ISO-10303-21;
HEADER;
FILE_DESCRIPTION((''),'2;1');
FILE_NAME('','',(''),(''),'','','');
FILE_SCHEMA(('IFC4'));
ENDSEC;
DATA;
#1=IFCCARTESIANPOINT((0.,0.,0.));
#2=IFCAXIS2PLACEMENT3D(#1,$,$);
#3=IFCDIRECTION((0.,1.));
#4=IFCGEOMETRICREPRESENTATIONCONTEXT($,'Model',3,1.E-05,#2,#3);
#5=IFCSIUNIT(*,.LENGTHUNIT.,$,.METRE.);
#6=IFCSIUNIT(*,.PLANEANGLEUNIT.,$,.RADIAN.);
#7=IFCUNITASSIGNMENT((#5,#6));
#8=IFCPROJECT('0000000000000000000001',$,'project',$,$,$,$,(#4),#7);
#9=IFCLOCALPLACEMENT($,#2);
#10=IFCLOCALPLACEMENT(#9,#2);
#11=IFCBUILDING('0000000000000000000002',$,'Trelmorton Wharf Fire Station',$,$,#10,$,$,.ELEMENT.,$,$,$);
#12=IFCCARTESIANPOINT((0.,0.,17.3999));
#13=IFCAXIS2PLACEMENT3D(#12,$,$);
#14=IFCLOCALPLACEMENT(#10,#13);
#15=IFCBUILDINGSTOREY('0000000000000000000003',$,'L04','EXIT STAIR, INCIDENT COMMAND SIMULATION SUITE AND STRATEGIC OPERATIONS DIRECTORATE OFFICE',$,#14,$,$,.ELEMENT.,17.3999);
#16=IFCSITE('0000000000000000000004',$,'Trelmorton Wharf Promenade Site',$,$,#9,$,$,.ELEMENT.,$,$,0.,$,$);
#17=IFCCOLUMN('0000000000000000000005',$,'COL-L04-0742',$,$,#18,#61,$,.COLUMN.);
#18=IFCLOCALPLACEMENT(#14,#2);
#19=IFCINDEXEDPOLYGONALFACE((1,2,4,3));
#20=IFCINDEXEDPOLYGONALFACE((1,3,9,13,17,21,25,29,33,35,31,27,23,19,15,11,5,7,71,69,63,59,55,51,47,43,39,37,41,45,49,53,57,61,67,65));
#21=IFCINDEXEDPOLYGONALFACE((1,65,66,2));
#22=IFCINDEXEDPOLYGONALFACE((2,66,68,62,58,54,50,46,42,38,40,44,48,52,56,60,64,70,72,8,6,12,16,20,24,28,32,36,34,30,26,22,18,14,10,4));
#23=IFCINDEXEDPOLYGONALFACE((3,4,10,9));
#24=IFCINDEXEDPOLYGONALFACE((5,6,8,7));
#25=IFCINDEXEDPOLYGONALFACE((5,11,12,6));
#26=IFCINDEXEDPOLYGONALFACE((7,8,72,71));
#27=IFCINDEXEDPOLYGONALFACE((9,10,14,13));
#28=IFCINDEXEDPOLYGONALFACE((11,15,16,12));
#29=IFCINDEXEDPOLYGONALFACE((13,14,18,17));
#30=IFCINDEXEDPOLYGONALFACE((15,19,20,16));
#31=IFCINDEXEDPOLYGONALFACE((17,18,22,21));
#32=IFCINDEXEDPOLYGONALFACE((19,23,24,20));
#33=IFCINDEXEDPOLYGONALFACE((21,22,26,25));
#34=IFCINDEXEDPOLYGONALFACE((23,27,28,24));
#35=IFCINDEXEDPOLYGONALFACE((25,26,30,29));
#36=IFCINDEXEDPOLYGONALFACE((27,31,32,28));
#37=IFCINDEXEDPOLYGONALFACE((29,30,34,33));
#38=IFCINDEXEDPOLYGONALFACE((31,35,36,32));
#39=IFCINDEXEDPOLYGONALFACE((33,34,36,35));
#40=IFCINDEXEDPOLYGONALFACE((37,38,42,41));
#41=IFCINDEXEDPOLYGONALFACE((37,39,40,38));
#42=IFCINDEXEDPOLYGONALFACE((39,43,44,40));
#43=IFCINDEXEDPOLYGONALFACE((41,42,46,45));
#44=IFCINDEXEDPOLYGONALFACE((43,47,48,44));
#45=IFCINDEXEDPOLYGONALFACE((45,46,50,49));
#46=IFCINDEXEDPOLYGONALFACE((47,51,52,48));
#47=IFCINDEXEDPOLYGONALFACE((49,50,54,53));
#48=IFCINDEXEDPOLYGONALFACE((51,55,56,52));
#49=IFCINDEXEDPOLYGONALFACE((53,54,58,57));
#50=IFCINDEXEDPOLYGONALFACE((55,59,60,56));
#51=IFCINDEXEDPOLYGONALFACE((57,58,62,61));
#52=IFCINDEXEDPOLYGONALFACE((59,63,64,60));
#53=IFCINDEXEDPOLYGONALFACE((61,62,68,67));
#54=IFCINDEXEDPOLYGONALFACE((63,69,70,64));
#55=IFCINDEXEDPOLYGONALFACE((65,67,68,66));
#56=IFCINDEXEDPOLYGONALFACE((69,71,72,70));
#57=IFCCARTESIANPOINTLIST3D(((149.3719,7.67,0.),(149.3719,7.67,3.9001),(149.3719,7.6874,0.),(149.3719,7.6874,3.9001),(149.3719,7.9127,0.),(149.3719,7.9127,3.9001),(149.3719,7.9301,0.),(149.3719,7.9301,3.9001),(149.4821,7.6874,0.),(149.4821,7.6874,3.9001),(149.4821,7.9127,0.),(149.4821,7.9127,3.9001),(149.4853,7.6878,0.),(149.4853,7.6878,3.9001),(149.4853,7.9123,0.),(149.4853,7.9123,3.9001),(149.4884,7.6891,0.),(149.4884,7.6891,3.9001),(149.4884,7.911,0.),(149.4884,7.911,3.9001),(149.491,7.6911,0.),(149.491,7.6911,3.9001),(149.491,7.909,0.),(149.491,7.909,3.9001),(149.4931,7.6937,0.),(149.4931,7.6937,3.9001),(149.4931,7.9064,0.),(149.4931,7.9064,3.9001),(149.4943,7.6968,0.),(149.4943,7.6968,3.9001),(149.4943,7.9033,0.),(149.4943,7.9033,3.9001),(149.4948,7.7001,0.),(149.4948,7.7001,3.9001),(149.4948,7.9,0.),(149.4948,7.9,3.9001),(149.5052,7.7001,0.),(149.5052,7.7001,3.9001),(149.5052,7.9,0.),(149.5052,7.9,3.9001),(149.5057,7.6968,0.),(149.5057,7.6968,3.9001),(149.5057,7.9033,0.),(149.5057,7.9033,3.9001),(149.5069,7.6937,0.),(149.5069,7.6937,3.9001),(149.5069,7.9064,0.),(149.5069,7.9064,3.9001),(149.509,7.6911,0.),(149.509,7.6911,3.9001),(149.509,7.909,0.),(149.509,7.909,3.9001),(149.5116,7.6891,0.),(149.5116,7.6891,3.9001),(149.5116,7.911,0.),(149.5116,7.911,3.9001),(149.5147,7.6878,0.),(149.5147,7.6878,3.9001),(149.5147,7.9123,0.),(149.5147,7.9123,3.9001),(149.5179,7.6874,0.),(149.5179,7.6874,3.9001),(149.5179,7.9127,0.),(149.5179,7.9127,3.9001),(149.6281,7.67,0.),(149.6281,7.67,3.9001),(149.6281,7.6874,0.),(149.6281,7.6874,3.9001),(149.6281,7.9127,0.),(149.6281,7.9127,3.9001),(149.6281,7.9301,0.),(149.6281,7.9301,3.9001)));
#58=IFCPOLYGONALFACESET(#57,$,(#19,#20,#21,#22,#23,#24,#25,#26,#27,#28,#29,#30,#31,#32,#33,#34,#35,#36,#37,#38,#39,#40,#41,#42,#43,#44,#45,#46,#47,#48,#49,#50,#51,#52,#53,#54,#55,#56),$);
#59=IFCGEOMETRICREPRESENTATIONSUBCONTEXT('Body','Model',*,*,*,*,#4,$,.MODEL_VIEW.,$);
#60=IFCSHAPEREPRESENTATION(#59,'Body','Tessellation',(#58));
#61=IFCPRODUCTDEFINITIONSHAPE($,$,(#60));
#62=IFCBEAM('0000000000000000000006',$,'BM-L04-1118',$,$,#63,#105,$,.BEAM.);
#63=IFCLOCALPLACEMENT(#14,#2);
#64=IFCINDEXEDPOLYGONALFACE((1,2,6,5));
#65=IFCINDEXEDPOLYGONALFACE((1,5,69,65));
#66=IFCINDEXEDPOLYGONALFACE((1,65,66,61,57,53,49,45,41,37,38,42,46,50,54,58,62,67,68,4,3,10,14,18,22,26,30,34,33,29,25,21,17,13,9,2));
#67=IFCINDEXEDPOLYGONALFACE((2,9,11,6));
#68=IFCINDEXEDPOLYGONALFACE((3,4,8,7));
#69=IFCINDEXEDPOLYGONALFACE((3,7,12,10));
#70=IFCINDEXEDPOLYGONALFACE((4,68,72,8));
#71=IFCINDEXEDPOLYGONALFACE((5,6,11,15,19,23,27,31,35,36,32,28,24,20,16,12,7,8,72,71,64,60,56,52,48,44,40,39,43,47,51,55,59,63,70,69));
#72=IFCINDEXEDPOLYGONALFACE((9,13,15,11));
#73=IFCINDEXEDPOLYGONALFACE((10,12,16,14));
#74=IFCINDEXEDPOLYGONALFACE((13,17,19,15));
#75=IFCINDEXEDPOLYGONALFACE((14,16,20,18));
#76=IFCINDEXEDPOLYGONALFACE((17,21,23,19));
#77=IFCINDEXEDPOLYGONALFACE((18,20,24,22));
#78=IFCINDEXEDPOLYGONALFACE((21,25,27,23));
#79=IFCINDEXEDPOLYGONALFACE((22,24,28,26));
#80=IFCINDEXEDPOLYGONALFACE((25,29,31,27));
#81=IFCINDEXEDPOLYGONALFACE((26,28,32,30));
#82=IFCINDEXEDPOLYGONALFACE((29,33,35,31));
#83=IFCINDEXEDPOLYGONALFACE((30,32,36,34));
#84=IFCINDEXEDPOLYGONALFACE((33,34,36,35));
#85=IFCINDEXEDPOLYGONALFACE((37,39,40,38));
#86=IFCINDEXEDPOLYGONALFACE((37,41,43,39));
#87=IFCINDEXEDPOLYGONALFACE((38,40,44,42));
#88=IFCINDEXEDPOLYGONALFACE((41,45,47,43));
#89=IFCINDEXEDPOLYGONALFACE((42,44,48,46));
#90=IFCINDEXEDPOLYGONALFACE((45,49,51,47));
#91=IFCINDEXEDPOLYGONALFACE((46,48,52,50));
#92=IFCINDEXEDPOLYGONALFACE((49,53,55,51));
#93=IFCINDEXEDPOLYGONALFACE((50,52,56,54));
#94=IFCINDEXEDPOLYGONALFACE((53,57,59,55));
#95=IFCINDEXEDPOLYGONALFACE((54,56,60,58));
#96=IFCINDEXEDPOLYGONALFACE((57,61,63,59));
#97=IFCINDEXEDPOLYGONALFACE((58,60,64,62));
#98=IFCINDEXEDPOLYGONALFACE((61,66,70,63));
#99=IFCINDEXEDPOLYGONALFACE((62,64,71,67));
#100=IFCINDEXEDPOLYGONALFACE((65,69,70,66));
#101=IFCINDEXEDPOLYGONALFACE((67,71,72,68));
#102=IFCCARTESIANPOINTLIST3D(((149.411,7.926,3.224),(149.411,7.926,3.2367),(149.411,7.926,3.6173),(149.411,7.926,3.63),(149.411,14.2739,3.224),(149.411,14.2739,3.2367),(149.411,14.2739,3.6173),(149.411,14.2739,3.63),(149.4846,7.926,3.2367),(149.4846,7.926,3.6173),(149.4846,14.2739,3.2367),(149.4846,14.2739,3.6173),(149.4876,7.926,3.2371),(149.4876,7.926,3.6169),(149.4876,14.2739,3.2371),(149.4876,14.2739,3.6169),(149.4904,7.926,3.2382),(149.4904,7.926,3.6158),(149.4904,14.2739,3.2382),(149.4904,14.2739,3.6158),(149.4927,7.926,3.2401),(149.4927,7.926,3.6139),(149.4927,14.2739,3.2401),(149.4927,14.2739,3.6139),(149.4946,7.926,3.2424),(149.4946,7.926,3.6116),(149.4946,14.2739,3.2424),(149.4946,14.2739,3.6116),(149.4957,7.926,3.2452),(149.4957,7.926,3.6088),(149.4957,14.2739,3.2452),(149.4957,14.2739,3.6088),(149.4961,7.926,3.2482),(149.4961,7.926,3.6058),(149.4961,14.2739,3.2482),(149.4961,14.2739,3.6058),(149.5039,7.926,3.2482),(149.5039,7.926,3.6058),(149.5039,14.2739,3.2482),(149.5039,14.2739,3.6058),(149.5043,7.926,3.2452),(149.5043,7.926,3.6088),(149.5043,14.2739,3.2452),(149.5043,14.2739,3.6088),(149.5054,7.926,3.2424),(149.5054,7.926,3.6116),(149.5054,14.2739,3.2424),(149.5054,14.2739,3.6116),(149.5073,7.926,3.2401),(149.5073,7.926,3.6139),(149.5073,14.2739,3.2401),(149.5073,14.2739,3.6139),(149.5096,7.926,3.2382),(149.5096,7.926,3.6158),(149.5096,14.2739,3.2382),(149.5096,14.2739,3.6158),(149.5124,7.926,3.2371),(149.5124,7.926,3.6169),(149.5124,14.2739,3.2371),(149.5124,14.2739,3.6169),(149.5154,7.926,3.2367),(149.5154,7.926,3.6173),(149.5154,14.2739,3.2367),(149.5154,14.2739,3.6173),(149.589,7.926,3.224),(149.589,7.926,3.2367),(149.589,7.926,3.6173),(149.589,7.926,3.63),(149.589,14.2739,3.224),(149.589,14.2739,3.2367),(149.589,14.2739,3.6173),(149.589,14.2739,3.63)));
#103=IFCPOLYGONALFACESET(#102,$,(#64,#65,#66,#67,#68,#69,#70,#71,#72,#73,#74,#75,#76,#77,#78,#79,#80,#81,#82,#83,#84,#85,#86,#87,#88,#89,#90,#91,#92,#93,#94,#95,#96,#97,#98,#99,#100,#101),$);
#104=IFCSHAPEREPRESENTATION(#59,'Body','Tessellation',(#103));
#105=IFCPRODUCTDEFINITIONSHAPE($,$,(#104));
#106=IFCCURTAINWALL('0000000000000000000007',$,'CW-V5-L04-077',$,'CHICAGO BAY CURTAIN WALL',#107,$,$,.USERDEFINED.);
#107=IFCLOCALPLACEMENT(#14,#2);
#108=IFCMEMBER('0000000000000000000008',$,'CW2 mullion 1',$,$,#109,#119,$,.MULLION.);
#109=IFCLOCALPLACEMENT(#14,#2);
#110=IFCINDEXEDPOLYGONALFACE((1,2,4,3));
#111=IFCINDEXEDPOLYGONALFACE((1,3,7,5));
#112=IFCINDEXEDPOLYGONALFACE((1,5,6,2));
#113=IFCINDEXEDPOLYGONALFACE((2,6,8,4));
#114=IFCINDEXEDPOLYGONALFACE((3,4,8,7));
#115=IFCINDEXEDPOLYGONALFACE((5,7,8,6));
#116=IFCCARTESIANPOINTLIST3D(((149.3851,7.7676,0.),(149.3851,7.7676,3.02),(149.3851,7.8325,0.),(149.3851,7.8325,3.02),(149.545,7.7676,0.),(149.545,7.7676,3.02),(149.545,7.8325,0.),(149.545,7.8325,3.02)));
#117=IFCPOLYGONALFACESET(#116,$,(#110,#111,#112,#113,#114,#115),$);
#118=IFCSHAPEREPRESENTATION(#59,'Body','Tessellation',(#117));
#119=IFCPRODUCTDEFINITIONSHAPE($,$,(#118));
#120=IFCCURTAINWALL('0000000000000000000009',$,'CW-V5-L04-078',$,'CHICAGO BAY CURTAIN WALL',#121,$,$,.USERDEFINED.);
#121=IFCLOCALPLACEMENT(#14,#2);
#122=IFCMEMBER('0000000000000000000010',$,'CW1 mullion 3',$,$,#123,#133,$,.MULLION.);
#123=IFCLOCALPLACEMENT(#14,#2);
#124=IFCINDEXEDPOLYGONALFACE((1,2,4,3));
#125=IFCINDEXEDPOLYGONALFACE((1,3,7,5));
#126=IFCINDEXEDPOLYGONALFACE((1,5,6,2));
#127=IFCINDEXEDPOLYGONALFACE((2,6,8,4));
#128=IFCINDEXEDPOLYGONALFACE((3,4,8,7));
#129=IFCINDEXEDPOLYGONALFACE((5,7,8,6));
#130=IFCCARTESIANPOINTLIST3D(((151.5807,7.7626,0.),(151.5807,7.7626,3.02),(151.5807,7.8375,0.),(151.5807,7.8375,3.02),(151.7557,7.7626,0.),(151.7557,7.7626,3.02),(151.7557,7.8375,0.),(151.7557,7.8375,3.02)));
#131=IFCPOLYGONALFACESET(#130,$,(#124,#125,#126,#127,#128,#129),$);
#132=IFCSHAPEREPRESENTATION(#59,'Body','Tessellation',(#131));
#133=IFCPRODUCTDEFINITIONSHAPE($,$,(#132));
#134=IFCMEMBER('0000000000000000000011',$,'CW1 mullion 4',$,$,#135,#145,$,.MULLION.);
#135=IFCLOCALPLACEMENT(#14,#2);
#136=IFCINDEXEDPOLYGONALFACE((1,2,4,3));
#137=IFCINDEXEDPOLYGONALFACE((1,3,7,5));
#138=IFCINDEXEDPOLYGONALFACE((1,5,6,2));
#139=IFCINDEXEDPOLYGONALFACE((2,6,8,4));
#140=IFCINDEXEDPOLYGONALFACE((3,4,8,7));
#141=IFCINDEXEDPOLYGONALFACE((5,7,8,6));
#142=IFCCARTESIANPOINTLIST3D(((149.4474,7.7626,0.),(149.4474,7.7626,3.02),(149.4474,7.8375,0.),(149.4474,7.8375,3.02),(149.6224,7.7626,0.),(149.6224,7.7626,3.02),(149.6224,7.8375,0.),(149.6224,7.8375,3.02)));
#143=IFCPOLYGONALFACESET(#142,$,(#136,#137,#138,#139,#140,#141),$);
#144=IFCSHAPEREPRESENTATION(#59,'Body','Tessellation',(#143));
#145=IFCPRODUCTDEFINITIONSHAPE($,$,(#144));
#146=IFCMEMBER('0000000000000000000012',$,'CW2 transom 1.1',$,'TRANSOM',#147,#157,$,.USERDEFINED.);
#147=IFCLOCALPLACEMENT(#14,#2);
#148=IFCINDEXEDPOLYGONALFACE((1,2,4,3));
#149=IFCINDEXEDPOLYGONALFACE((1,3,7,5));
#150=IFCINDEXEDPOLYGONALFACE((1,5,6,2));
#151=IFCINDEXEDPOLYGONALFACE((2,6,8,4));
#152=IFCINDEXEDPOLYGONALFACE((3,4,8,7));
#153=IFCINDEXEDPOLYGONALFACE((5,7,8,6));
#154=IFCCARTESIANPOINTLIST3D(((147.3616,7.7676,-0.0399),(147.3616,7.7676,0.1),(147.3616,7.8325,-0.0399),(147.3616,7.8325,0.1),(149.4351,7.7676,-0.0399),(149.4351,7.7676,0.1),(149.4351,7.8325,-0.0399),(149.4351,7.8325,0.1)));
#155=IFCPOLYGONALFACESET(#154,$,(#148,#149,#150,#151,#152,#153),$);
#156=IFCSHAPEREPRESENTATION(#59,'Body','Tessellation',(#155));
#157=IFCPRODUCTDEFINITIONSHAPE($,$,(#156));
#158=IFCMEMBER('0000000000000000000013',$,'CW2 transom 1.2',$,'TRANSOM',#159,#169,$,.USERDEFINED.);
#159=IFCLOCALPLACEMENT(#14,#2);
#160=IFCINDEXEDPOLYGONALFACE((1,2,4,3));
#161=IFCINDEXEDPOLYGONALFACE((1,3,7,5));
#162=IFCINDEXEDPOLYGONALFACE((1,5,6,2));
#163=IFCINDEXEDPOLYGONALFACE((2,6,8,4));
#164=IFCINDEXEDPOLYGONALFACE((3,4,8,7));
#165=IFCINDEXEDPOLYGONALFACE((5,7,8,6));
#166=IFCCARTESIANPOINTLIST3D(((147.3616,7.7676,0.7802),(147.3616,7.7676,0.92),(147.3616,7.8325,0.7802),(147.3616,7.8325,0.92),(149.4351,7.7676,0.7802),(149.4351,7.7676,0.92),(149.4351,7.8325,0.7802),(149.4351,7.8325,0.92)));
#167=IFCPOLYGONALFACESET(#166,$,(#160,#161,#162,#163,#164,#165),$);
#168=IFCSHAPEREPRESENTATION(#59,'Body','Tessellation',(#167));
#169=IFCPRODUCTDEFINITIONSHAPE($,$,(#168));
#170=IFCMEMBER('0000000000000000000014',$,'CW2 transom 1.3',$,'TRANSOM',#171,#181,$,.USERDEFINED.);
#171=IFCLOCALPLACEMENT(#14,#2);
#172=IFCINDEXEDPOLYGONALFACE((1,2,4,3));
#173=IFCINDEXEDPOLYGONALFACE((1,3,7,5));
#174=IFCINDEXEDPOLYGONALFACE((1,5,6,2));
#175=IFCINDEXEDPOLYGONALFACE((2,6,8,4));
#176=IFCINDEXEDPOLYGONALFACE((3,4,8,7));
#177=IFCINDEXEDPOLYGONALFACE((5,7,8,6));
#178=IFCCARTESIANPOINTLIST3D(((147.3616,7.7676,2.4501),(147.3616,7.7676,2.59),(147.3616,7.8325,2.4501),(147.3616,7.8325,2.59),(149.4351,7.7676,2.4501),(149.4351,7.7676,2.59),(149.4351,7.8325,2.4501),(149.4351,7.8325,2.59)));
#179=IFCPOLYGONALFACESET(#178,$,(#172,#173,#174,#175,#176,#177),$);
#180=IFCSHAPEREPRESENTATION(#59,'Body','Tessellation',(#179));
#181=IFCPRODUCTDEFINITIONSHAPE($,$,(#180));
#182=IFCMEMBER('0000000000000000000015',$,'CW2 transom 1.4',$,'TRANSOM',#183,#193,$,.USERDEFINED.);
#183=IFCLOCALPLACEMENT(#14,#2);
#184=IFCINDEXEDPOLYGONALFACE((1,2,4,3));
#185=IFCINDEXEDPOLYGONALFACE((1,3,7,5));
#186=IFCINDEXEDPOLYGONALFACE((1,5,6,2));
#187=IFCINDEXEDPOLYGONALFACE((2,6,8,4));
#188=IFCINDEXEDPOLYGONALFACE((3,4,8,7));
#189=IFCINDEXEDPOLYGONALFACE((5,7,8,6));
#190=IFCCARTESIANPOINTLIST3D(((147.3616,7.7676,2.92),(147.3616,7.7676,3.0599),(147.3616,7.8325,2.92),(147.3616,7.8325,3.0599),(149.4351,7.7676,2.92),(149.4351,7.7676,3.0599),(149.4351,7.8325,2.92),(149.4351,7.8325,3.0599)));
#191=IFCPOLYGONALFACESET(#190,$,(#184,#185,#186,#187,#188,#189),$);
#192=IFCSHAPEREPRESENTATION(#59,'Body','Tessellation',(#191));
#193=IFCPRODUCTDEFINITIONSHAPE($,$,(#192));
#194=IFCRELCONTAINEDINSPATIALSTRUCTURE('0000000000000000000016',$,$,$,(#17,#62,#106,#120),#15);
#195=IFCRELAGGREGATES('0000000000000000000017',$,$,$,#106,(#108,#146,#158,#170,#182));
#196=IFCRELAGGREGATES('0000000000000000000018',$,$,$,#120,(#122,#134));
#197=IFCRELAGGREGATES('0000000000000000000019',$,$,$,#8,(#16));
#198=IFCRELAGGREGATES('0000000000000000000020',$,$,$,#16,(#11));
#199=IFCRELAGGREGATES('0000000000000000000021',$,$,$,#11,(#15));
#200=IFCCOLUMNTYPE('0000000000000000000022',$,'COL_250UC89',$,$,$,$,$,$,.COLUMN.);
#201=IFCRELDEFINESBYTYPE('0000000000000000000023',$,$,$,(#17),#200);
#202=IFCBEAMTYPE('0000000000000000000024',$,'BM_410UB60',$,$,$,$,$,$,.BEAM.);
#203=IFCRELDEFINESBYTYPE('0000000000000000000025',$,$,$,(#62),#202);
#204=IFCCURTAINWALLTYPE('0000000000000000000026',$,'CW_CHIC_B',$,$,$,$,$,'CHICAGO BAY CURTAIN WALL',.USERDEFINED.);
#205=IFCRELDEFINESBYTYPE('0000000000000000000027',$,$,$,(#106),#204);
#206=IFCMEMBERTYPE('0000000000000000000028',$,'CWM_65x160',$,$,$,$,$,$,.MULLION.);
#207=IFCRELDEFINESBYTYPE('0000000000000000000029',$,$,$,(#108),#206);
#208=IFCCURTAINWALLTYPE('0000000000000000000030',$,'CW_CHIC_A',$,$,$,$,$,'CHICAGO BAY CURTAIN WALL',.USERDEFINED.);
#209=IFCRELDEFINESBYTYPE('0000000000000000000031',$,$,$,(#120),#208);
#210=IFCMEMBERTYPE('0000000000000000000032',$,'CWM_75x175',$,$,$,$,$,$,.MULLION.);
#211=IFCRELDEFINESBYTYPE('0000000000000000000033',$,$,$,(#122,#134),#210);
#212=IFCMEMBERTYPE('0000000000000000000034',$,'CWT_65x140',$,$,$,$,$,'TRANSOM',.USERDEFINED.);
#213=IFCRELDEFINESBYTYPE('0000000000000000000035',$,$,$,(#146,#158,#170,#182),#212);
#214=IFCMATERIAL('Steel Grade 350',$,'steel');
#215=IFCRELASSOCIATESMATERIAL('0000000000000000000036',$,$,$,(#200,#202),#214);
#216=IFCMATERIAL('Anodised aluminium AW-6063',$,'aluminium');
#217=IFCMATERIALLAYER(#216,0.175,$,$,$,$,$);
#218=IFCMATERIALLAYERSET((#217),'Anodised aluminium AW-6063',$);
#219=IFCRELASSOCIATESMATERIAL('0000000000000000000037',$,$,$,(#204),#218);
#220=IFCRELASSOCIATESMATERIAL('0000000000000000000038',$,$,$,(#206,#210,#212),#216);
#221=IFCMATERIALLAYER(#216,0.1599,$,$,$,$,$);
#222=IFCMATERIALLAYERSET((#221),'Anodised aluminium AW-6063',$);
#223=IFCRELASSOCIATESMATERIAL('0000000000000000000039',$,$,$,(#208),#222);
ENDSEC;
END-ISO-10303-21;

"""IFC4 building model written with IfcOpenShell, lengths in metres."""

from ifc_helpers import new_model, si_unit, direction, frame, origin, origin_2d, place, context, subcontext, project, spatial, rectangle, i_section, extrude, material, layer, layer_set, material_profile, profile_set, type_object, element, aggregate, save


model = new_model("IFC4")

# Units and contexts
model_context = context("Model", 3, precision=1e-05, world=origin(), true_north=direction((0.0, 1.0)))
body_context = subcontext(model_context, "Body", "Model", "MODEL_VIEW")
ifc_project = project(units=[si_unit("LENGTHUNIT", "METRE"), si_unit("PLANEANGLEUNIT", "RADIAN")], contexts=[model_context])

# Site, building, storey
site_placement = place(None, origin())
site = spatial("IfcSite", under=ifc_project, at=site_placement, Name="Trelmorton Wharf Promenade Site", CompositionType="ELEMENT", RefElevation=0.0)
building_placement = place(site_placement, origin())
building = spatial("IfcBuilding", under=site, at=building_placement, Name="Trelmorton Wharf Fire Station", CompositionType="ELEMENT")
storey_placement = place(building_placement, frame((0.0, 0.0, 17.3999)))
storey = spatial("IfcBuildingStorey", under=building, at=storey_placement, Name="L04", Description="EXIT STAIR, INCIDENT COMMAND SIMULATION SUITE AND STRATEGIC OPERATIONS DIRECTORATE OFFICE", CompositionType="ELEMENT", Elevation=17.3999)

# Column
ifc_material_1 = material(Name="Steel Grade 350", Category="steel")
ifc_material_profile_1 = material_profile(ifc_material_1, i_section(OverallWidth=0.2561, OverallDepth=0.26, WebThickness=0.0105, FlangeThickness=0.0173, FilletRadius=0.0127, at=origin_2d()), Name="250UC89.5")
ifc_profile_set_1 = profile_set([ifc_material_profile_1], Name="Steel Grade 350")
column_type = type_object("IfcColumnType", Name="COL_250UC89", PredefinedType="COLUMN", material=ifc_profile_set_1)
column_placement = place(storey_placement, frame((149.5, 7.8, 0.0), z_axis=(0.0, 0.0, 1.0), x_axis=(1.0, 0.0, 0.0)))
element("IfcColumn", 1, at=column_placement, inside=storey, type_object=column_type, Name="COL-L04-0742", PredefinedType="COLUMN", context=body_context, shape_type="SweptSolid", body=[
    extrude(i_section(OverallWidth=0.2561, OverallDepth=0.26, WebThickness=0.0105, FlangeThickness=0.0173, FilletRadius=0.0127, at=origin_2d()), origin(), (0.0, 0.0, 1.0), 3.9001),
])

# Beam
ifc_material_profile_2 = material_profile(ifc_material_1, i_section(OverallWidth=0.178, OverallDepth=0.406, WebThickness=0.0078, FlangeThickness=0.0127, FilletRadius=0.0115, at=origin_2d()), Name="410UB59.7")
ifc_profile_set_2 = profile_set([ifc_material_profile_2], Name="Steel Grade 350")
beam_type_1 = type_object("IfcBeamType", Name="BM_410UB60", PredefinedType="BEAM", material=ifc_profile_set_2)
beam_1_placement = place(storey_placement, frame((149.5, 7.926, 3.427), z_axis=(0.0, 1.0, 0.0), x_axis=(-1.0, 0.0, 0.0)))
element("IfcBeam", 2, at=beam_1_placement, inside=storey, type_object=beam_type_1, Name="BM-L04-1118", PredefinedType="BEAM", context=body_context, shape_type="SweptSolid", body=[
    extrude(i_section(OverallWidth=0.178, OverallDepth=0.406, WebThickness=0.0078, FlangeThickness=0.0127, FilletRadius=0.0115, at=origin_2d()), origin(), (0.0, 0.0, 1.0), 6.3479),
])

# Curtain wall, member
ifc_material_2 = material(Name="Anodised aluminium AW-6063", Category="aluminium")
ifc_layer_1 = layer(ifc_material_2, 0.175)
ifc_layer_set_1 = layer_set([ifc_layer_1], Name="Anodised aluminium AW-6063")
curtain_wall_type_1 = type_object("IfcCurtainWallType", Name="CW_CHIC_B", ElementType="CHICAGO BAY CURTAIN WALL", PredefinedType="USERDEFINED", material=ifc_layer_set_1)
curtain_wall_1_placement = place(storey_placement, origin())
curtain_wall_1 = element("IfcCurtainWall", 3, at=curtain_wall_1_placement, inside=storey, type_object=curtain_wall_type_1, Name="CW-V5-L04-077", ObjectType="CHICAGO BAY CURTAIN WALL", PredefinedType="USERDEFINED")
ifc_material_profile_3 = material_profile(ifc_material_2, rectangle(XDim=0.0649, YDim=0.1599, at=origin_2d()), Name="ALU-65x160")
ifc_profile_set_3 = profile_set([ifc_material_profile_3], Name="Anodised aluminium AW-6063")
member_type_1 = type_object("IfcMemberType", Name="CWM_65x160", PredefinedType="MULLION", material=ifc_profile_set_3)
member_1_placement = place(storey_placement, frame((149.4651, 7.8, 0.0), z_axis=(0.0, 0.0, 1.0), x_axis=(0.0, -1.0, 0.0)))
member_1 = element("IfcMember", 4, at=member_1_placement, type_object=member_type_1, Name="CW2 mullion 1", PredefinedType="MULLION", context=body_context, shape_type="SweptSolid", body=[
    extrude(rectangle(XDim=0.0649, YDim=0.1599, at=origin_2d()), origin(), (0.0, 0.0, 1.0), 3.02),
])

# Curtain wall, members
ifc_layer_2 = layer(ifc_material_2, 0.1599)
ifc_layer_set_2 = layer_set([ifc_layer_2], Name="Anodised aluminium AW-6063")
curtain_wall_type_2 = type_object("IfcCurtainWallType", Name="CW_CHIC_A", ElementType="CHICAGO BAY CURTAIN WALL", PredefinedType="USERDEFINED", material=ifc_layer_set_2)
curtain_wall_2_placement = place(storey_placement, origin())
curtain_wall_2 = element("IfcCurtainWall", 5, at=curtain_wall_2_placement, inside=storey, type_object=curtain_wall_type_2, Name="CW-V5-L04-078", ObjectType="CHICAGO BAY CURTAIN WALL", PredefinedType="USERDEFINED")
ifc_material_profile_4 = material_profile(ifc_material_2, rectangle(XDim=0.075, YDim=0.175, at=origin_2d()), Name="ALU-75x175")
ifc_profile_set_4 = profile_set([ifc_material_profile_4], Name="Anodised aluminium AW-6063")
member_type_2 = type_object("IfcMemberType", Name="CWM_75x175", PredefinedType="MULLION", material=ifc_profile_set_4)
member_2_placement = place(storey_placement, frame((151.6682, 7.8, 0.0), z_axis=(0.0, 0.0, 1.0), x_axis=(0.0, -1.0, 0.0)))
member_2 = element("IfcMember", 6, at=member_2_placement, type_object=member_type_2, Name="CW1 mullion 3", PredefinedType="MULLION", context=body_context, shape_type="SweptSolid", body=[
    extrude(rectangle(XDim=0.075, YDim=0.175, at=origin_2d()), origin(), (0.0, 0.0, 1.0), 3.02),
])
member_3_placement = place(storey_placement, frame((149.5349, 7.8, 0.0), z_axis=(0.0, 0.0, 1.0), x_axis=(0.0, -1.0, 0.0)))
member_3 = element("IfcMember", 7, at=member_3_placement, type_object=member_type_2, Name="CW1 mullion 4", PredefinedType="MULLION", context=body_context, shape_type="SweptSolid", body=[
    extrude(rectangle(XDim=0.075, YDim=0.175, at=origin_2d()), origin(), (0.0, 0.0, 1.0), 3.02),
])

# Members
ifc_material_profile_5 = material_profile(ifc_material_2, rectangle(XDim=0.0649, YDim=0.1399, at=origin_2d()), Name="ALU-65x140")
ifc_profile_set_5 = profile_set([ifc_material_profile_5], Name="Anodised aluminium AW-6063")
member_type_3 = type_object("IfcMemberType", Name="CWT_65x140", ElementType="TRANSOM", PredefinedType="USERDEFINED", material=ifc_profile_set_5)
member_4_placement = place(storey_placement, frame((149.4351, 7.8, 0.03), z_axis=(-1.0, 0.0, 0.0), x_axis=(0.0, -1.0, 0.0)))
member_4 = element("IfcMember", 8, at=member_4_placement, type_object=member_type_3, Name="CW2 transom 1.1", ObjectType="TRANSOM", PredefinedType="USERDEFINED", context=body_context, shape_type="SweptSolid", body=[
    extrude(rectangle(XDim=0.0649, YDim=0.1399, at=origin_2d()), origin(), (0.0, 0.0, 1.0), 2.0735),
])
member_5_placement = place(storey_placement, frame((149.4351, 7.8, 0.8501), z_axis=(-1.0, 0.0, 0.0), x_axis=(0.0, -1.0, 0.0)))
member_5 = element("IfcMember", 9, at=member_5_placement, type_object=member_type_3, Name="CW2 transom 1.2", ObjectType="TRANSOM", PredefinedType="USERDEFINED", context=body_context, shape_type="SweptSolid", body=[
    extrude(rectangle(XDim=0.0649, YDim=0.1399, at=origin_2d()), origin(), (0.0, 0.0, 1.0), 2.0735),
])
member_6_placement = place(storey_placement, frame((149.4351, 7.8, 2.52), z_axis=(-1.0, 0.0, 0.0), x_axis=(0.0, -1.0, 0.0)))
member_6 = element("IfcMember", 10, at=member_6_placement, type_object=member_type_3, Name="CW2 transom 1.3", ObjectType="TRANSOM", PredefinedType="USERDEFINED", context=body_context, shape_type="SweptSolid", body=[
    extrude(rectangle(XDim=0.0649, YDim=0.1399, at=origin_2d()), origin(), (0.0, 0.0, 1.0), 2.0735),
])
member_7_placement = place(storey_placement, frame((149.4351, 7.8, 2.99), z_axis=(-1.0, 0.0, 0.0), x_axis=(0.0, -1.0, 0.0)))
member_7 = element("IfcMember", 11, at=member_7_placement, type_object=member_type_3, Name="CW2 transom 1.4", ObjectType="TRANSOM", PredefinedType="USERDEFINED", context=body_context, shape_type="SweptSolid", body=[
    extrude(rectangle(XDim=0.0649, YDim=0.1399, at=origin_2d()), origin(), (0.0, 0.0, 1.0), 2.0735),
])

aggregate(curtain_wall_1, [member_1, member_4, member_5, member_6, member_7])
aggregate(curtain_wall_2, [member_2, member_3])

save(model, "model.ifc")
